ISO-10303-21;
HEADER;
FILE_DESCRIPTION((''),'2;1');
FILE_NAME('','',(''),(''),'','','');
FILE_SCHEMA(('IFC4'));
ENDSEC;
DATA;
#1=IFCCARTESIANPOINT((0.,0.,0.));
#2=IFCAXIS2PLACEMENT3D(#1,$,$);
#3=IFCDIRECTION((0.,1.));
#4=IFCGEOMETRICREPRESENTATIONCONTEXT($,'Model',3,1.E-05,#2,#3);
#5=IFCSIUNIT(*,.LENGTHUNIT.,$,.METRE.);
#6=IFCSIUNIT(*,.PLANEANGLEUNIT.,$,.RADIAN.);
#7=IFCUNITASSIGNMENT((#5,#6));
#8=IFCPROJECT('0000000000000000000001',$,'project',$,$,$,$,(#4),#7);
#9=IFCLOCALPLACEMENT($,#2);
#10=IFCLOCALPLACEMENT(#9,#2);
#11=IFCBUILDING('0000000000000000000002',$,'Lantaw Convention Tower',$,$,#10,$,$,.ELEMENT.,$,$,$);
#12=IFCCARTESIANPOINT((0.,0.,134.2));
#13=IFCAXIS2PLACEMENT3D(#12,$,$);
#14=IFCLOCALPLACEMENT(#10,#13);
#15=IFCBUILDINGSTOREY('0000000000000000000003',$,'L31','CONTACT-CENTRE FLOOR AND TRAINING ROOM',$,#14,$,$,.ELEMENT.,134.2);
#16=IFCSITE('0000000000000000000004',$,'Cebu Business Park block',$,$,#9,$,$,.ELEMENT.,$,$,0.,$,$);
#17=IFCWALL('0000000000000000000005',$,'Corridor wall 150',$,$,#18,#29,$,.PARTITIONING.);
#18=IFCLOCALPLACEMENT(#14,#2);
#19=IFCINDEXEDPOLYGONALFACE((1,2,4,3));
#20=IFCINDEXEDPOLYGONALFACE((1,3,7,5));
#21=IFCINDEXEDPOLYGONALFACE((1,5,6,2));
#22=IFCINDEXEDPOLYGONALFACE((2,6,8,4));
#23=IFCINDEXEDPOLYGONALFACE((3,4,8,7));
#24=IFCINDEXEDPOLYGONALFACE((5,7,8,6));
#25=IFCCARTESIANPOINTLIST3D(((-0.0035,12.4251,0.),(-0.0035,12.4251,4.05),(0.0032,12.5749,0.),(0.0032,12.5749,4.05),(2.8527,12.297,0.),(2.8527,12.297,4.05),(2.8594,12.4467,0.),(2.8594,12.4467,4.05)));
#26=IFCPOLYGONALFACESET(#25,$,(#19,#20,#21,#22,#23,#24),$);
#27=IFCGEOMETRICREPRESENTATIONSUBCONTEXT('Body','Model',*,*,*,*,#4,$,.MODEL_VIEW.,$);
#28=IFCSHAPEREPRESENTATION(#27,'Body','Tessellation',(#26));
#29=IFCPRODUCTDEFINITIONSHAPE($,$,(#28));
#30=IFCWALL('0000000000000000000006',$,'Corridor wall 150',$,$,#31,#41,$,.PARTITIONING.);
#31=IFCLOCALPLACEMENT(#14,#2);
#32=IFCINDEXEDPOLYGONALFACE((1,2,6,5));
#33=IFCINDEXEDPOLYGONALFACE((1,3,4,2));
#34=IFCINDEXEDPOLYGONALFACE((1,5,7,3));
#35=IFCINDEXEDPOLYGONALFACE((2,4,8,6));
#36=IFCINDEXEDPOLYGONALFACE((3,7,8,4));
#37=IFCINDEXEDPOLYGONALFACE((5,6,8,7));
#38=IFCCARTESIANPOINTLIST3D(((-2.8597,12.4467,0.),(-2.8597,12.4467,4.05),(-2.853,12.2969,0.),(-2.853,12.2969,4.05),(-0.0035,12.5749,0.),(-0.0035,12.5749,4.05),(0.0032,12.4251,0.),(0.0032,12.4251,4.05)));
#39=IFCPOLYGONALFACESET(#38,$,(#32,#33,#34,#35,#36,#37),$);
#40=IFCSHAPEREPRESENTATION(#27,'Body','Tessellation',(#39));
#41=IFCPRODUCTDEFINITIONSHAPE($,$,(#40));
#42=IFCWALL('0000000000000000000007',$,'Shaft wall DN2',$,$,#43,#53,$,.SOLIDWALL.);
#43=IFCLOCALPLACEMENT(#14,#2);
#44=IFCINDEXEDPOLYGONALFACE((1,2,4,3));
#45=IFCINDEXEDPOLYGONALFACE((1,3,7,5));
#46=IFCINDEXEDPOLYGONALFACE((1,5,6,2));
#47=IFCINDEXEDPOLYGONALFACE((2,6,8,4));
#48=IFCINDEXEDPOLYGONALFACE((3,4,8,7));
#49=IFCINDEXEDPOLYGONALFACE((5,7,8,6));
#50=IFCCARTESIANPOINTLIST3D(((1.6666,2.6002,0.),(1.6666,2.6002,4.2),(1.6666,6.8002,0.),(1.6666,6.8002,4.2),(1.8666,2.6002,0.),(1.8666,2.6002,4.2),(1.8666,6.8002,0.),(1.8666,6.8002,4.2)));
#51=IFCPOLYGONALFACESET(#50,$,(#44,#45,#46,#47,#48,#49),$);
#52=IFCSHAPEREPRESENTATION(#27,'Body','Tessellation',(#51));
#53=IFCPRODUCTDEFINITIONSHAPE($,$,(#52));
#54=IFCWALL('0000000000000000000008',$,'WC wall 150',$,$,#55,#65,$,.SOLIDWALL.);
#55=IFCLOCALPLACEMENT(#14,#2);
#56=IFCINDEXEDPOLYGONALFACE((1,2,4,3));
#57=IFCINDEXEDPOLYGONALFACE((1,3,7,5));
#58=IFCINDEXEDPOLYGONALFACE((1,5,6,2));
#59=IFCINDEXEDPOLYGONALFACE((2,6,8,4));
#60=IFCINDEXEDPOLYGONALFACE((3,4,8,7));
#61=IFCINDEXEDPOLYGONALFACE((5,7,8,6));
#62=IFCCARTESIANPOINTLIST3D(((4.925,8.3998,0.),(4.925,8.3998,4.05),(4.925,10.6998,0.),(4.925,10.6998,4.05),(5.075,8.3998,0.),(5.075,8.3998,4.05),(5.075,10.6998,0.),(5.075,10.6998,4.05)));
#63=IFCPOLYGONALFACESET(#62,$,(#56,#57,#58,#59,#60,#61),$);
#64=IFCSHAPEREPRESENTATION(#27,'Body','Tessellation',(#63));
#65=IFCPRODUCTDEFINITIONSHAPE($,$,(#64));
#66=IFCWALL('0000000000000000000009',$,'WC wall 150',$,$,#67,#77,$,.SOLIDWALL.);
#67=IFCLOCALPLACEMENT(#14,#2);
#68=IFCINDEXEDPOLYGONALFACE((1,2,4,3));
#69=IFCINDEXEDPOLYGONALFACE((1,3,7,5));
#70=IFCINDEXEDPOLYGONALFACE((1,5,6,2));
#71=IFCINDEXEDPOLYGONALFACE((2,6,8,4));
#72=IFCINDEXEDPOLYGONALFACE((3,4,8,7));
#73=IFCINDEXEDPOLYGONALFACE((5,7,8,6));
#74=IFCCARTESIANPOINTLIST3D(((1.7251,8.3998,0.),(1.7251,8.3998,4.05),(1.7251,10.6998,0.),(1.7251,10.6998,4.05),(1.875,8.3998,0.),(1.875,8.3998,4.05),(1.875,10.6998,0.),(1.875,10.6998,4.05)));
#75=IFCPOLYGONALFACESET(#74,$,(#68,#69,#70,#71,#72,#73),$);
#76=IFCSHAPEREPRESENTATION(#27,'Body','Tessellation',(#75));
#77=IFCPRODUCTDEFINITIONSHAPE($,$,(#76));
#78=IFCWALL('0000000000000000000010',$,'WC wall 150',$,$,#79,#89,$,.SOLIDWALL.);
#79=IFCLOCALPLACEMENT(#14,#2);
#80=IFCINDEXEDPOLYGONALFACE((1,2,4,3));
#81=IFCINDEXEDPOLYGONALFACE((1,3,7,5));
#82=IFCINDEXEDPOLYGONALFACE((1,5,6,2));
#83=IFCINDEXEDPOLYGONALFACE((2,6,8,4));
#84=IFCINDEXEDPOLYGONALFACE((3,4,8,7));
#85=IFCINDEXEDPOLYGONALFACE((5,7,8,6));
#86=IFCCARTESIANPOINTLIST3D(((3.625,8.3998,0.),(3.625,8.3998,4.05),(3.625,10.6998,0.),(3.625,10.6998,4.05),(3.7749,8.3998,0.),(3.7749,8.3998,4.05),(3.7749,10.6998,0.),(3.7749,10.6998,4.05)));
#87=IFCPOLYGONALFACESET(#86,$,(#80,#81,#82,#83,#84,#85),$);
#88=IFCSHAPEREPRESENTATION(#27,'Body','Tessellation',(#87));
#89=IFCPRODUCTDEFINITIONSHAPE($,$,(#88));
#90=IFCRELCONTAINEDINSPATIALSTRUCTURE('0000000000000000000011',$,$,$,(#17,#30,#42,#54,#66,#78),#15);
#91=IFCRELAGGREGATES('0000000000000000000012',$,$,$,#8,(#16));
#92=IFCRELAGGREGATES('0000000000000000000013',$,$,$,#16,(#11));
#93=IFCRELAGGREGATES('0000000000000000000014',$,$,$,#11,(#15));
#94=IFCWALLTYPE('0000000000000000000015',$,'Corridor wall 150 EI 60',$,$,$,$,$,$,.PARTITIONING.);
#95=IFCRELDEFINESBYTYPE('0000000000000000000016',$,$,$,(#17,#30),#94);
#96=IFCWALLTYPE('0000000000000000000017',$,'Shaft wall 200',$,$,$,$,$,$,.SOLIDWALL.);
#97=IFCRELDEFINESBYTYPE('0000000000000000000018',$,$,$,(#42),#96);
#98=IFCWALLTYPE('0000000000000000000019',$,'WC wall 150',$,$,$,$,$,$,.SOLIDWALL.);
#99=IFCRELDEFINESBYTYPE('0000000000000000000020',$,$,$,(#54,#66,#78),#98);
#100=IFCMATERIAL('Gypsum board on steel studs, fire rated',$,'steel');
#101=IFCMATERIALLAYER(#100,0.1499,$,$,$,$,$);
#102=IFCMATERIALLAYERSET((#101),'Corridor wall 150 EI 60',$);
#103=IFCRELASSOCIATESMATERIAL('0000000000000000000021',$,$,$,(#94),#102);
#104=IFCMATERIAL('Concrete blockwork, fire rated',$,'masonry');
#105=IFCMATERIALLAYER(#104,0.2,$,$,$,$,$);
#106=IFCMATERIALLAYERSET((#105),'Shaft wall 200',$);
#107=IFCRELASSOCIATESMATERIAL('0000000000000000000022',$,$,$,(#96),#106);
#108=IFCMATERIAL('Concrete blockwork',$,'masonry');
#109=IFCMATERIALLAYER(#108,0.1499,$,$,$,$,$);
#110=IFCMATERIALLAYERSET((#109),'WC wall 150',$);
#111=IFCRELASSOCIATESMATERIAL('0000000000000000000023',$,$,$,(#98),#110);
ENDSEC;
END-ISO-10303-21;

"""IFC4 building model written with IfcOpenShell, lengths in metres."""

from ifc_helpers import new_model, si_unit, direction, frame, frame_2d, origin, place, context, subcontext, project, spatial, rectangle, extrude, material, layer, layer_set, type_object, element, save


model = new_model("IFC4")

# Units and contexts
model_context = context("Model", 3, precision=1e-05, world=origin(), true_north=direction((0.0, 1.0)))
body_context = subcontext(model_context, "Body", "Model", "MODEL_VIEW")
ifc_project = project(units=[si_unit("LENGTHUNIT", "METRE"), si_unit("PLANEANGLEUNIT", "RADIAN")], contexts=[model_context])

# Site, building, storey
site_placement = place(None, origin())
site = spatial("IfcSite", under=ifc_project, at=site_placement, Name="Cebu Business Park block", CompositionType="ELEMENT", RefElevation=0.0)
building_placement = place(site_placement, origin())
building = spatial("IfcBuilding", under=site, at=building_placement, Name="Lantaw Convention Tower", CompositionType="ELEMENT")
storey_placement = place(building_placement, frame((0.0, 0.0, 134.2)))
storey = spatial("IfcBuildingStorey", under=building, at=storey_placement, Name="L31", Description="CONTACT-CENTRE FLOOR AND TRAINING ROOM", CompositionType="ELEMENT", Elevation=134.2)

# Walls
ifc_material_1 = material(Name="Gypsum board on steel studs, fire rated", Category="steel")
ifc_layer_1 = layer(ifc_material_1, 0.1499)
ifc_layer_set_1 = layer_set([ifc_layer_1], Name="Corridor wall 150 EI 60")
wall_type_1 = type_object("IfcWallType", Name="Corridor wall 150 EI 60", PredefinedType="PARTITIONING", material=ifc_layer_set_1)
for number, where, z_axis, x_axis, name in (
    (1, (2.8562, 12.3718, 0.0), (0.0, 0.0, 1.0), (-0.998995, 0.044831, 0.0), "Corridor wall 150"),
    (2, (0.0, 12.5, 0.0), (0.0, 0.0, 1.0), (-0.998995, -0.044831, 0.0), "Corridor wall 150"),
):
    element("IfcWall", number, at=place(storey_placement, frame(where, z_axis=z_axis, x_axis=x_axis)), inside=storey, type_object=wall_type_1, Name=name, PredefinedType="PARTITIONING", context=body_context, shape_type="SweptSolid", body=[
        extrude(rectangle(XDim=2.8591, YDim=0.1499, at=frame_2d((1.4297, 0.0))), origin(), (0.0, 0.0, 1.0), 4.05),
    ])
ifc_material_2 = material(Name="Concrete blockwork, fire rated", Category="masonry")
ifc_layer_2 = layer(ifc_material_2, 0.2)
ifc_layer_set_2 = layer_set([ifc_layer_2], Name="Shaft wall 200")
wall_type_2 = type_object("IfcWallType", Name="Shaft wall 200", PredefinedType="SOLIDWALL", material=ifc_layer_set_2)
wall_1_placement = place(storey_placement, frame((1.7666, 2.6001, 0.0), z_axis=(0.0, 0.0, 1.0), x_axis=(0.0, 1.0, 0.0)))
element("IfcWall", 3, at=wall_1_placement, inside=storey, type_object=wall_type_2, Name="Shaft wall DN2", PredefinedType="SOLIDWALL", context=body_context, shape_type="SweptSolid", body=[
    extrude(rectangle(XDim=4.2, YDim=0.2, at=frame_2d((2.1001, 0.0))), origin(), (0.0, 0.0, 1.0), 4.2),
])
ifc_material_3 = material(Name="Concrete blockwork", Category="masonry")
ifc_layer_3 = layer(ifc_material_3, 0.1499)
ifc_layer_set_3 = layer_set([ifc_layer_3], Name="WC wall 150")
wall_type_3 = type_object("IfcWallType", Name="WC wall 150", PredefinedType="SOLIDWALL", material=ifc_layer_set_3)
for number, where, z_axis, x_axis, name in (
    (4, (5.0, 8.3999, 0.0), (0.0, 0.0, 1.0), (0.0, 1.0, 0.0), "WC wall 150"),
    (5, (1.8, 8.3999, 0.0), (0.0, 0.0, 1.0), (0.0, 1.0, 0.0), "WC wall 150"),
    (6, (3.7, 8.3999, 0.0), (0.0, 0.0, 1.0), (0.0, 1.0, 0.0), "WC wall 150"),
):
    element("IfcWall", number, at=place(storey_placement, frame(where, z_axis=z_axis, x_axis=x_axis)), inside=storey, type_object=wall_type_3, Name=name, PredefinedType="SOLIDWALL", context=body_context, shape_type="SweptSolid", body=[
        extrude(rectangle(XDim=2.3, YDim=0.1499, at=frame_2d((1.1499, 0.0))), origin(), (0.0, 0.0, 1.0), 4.05),
    ])

save(model, "model.ifc")
